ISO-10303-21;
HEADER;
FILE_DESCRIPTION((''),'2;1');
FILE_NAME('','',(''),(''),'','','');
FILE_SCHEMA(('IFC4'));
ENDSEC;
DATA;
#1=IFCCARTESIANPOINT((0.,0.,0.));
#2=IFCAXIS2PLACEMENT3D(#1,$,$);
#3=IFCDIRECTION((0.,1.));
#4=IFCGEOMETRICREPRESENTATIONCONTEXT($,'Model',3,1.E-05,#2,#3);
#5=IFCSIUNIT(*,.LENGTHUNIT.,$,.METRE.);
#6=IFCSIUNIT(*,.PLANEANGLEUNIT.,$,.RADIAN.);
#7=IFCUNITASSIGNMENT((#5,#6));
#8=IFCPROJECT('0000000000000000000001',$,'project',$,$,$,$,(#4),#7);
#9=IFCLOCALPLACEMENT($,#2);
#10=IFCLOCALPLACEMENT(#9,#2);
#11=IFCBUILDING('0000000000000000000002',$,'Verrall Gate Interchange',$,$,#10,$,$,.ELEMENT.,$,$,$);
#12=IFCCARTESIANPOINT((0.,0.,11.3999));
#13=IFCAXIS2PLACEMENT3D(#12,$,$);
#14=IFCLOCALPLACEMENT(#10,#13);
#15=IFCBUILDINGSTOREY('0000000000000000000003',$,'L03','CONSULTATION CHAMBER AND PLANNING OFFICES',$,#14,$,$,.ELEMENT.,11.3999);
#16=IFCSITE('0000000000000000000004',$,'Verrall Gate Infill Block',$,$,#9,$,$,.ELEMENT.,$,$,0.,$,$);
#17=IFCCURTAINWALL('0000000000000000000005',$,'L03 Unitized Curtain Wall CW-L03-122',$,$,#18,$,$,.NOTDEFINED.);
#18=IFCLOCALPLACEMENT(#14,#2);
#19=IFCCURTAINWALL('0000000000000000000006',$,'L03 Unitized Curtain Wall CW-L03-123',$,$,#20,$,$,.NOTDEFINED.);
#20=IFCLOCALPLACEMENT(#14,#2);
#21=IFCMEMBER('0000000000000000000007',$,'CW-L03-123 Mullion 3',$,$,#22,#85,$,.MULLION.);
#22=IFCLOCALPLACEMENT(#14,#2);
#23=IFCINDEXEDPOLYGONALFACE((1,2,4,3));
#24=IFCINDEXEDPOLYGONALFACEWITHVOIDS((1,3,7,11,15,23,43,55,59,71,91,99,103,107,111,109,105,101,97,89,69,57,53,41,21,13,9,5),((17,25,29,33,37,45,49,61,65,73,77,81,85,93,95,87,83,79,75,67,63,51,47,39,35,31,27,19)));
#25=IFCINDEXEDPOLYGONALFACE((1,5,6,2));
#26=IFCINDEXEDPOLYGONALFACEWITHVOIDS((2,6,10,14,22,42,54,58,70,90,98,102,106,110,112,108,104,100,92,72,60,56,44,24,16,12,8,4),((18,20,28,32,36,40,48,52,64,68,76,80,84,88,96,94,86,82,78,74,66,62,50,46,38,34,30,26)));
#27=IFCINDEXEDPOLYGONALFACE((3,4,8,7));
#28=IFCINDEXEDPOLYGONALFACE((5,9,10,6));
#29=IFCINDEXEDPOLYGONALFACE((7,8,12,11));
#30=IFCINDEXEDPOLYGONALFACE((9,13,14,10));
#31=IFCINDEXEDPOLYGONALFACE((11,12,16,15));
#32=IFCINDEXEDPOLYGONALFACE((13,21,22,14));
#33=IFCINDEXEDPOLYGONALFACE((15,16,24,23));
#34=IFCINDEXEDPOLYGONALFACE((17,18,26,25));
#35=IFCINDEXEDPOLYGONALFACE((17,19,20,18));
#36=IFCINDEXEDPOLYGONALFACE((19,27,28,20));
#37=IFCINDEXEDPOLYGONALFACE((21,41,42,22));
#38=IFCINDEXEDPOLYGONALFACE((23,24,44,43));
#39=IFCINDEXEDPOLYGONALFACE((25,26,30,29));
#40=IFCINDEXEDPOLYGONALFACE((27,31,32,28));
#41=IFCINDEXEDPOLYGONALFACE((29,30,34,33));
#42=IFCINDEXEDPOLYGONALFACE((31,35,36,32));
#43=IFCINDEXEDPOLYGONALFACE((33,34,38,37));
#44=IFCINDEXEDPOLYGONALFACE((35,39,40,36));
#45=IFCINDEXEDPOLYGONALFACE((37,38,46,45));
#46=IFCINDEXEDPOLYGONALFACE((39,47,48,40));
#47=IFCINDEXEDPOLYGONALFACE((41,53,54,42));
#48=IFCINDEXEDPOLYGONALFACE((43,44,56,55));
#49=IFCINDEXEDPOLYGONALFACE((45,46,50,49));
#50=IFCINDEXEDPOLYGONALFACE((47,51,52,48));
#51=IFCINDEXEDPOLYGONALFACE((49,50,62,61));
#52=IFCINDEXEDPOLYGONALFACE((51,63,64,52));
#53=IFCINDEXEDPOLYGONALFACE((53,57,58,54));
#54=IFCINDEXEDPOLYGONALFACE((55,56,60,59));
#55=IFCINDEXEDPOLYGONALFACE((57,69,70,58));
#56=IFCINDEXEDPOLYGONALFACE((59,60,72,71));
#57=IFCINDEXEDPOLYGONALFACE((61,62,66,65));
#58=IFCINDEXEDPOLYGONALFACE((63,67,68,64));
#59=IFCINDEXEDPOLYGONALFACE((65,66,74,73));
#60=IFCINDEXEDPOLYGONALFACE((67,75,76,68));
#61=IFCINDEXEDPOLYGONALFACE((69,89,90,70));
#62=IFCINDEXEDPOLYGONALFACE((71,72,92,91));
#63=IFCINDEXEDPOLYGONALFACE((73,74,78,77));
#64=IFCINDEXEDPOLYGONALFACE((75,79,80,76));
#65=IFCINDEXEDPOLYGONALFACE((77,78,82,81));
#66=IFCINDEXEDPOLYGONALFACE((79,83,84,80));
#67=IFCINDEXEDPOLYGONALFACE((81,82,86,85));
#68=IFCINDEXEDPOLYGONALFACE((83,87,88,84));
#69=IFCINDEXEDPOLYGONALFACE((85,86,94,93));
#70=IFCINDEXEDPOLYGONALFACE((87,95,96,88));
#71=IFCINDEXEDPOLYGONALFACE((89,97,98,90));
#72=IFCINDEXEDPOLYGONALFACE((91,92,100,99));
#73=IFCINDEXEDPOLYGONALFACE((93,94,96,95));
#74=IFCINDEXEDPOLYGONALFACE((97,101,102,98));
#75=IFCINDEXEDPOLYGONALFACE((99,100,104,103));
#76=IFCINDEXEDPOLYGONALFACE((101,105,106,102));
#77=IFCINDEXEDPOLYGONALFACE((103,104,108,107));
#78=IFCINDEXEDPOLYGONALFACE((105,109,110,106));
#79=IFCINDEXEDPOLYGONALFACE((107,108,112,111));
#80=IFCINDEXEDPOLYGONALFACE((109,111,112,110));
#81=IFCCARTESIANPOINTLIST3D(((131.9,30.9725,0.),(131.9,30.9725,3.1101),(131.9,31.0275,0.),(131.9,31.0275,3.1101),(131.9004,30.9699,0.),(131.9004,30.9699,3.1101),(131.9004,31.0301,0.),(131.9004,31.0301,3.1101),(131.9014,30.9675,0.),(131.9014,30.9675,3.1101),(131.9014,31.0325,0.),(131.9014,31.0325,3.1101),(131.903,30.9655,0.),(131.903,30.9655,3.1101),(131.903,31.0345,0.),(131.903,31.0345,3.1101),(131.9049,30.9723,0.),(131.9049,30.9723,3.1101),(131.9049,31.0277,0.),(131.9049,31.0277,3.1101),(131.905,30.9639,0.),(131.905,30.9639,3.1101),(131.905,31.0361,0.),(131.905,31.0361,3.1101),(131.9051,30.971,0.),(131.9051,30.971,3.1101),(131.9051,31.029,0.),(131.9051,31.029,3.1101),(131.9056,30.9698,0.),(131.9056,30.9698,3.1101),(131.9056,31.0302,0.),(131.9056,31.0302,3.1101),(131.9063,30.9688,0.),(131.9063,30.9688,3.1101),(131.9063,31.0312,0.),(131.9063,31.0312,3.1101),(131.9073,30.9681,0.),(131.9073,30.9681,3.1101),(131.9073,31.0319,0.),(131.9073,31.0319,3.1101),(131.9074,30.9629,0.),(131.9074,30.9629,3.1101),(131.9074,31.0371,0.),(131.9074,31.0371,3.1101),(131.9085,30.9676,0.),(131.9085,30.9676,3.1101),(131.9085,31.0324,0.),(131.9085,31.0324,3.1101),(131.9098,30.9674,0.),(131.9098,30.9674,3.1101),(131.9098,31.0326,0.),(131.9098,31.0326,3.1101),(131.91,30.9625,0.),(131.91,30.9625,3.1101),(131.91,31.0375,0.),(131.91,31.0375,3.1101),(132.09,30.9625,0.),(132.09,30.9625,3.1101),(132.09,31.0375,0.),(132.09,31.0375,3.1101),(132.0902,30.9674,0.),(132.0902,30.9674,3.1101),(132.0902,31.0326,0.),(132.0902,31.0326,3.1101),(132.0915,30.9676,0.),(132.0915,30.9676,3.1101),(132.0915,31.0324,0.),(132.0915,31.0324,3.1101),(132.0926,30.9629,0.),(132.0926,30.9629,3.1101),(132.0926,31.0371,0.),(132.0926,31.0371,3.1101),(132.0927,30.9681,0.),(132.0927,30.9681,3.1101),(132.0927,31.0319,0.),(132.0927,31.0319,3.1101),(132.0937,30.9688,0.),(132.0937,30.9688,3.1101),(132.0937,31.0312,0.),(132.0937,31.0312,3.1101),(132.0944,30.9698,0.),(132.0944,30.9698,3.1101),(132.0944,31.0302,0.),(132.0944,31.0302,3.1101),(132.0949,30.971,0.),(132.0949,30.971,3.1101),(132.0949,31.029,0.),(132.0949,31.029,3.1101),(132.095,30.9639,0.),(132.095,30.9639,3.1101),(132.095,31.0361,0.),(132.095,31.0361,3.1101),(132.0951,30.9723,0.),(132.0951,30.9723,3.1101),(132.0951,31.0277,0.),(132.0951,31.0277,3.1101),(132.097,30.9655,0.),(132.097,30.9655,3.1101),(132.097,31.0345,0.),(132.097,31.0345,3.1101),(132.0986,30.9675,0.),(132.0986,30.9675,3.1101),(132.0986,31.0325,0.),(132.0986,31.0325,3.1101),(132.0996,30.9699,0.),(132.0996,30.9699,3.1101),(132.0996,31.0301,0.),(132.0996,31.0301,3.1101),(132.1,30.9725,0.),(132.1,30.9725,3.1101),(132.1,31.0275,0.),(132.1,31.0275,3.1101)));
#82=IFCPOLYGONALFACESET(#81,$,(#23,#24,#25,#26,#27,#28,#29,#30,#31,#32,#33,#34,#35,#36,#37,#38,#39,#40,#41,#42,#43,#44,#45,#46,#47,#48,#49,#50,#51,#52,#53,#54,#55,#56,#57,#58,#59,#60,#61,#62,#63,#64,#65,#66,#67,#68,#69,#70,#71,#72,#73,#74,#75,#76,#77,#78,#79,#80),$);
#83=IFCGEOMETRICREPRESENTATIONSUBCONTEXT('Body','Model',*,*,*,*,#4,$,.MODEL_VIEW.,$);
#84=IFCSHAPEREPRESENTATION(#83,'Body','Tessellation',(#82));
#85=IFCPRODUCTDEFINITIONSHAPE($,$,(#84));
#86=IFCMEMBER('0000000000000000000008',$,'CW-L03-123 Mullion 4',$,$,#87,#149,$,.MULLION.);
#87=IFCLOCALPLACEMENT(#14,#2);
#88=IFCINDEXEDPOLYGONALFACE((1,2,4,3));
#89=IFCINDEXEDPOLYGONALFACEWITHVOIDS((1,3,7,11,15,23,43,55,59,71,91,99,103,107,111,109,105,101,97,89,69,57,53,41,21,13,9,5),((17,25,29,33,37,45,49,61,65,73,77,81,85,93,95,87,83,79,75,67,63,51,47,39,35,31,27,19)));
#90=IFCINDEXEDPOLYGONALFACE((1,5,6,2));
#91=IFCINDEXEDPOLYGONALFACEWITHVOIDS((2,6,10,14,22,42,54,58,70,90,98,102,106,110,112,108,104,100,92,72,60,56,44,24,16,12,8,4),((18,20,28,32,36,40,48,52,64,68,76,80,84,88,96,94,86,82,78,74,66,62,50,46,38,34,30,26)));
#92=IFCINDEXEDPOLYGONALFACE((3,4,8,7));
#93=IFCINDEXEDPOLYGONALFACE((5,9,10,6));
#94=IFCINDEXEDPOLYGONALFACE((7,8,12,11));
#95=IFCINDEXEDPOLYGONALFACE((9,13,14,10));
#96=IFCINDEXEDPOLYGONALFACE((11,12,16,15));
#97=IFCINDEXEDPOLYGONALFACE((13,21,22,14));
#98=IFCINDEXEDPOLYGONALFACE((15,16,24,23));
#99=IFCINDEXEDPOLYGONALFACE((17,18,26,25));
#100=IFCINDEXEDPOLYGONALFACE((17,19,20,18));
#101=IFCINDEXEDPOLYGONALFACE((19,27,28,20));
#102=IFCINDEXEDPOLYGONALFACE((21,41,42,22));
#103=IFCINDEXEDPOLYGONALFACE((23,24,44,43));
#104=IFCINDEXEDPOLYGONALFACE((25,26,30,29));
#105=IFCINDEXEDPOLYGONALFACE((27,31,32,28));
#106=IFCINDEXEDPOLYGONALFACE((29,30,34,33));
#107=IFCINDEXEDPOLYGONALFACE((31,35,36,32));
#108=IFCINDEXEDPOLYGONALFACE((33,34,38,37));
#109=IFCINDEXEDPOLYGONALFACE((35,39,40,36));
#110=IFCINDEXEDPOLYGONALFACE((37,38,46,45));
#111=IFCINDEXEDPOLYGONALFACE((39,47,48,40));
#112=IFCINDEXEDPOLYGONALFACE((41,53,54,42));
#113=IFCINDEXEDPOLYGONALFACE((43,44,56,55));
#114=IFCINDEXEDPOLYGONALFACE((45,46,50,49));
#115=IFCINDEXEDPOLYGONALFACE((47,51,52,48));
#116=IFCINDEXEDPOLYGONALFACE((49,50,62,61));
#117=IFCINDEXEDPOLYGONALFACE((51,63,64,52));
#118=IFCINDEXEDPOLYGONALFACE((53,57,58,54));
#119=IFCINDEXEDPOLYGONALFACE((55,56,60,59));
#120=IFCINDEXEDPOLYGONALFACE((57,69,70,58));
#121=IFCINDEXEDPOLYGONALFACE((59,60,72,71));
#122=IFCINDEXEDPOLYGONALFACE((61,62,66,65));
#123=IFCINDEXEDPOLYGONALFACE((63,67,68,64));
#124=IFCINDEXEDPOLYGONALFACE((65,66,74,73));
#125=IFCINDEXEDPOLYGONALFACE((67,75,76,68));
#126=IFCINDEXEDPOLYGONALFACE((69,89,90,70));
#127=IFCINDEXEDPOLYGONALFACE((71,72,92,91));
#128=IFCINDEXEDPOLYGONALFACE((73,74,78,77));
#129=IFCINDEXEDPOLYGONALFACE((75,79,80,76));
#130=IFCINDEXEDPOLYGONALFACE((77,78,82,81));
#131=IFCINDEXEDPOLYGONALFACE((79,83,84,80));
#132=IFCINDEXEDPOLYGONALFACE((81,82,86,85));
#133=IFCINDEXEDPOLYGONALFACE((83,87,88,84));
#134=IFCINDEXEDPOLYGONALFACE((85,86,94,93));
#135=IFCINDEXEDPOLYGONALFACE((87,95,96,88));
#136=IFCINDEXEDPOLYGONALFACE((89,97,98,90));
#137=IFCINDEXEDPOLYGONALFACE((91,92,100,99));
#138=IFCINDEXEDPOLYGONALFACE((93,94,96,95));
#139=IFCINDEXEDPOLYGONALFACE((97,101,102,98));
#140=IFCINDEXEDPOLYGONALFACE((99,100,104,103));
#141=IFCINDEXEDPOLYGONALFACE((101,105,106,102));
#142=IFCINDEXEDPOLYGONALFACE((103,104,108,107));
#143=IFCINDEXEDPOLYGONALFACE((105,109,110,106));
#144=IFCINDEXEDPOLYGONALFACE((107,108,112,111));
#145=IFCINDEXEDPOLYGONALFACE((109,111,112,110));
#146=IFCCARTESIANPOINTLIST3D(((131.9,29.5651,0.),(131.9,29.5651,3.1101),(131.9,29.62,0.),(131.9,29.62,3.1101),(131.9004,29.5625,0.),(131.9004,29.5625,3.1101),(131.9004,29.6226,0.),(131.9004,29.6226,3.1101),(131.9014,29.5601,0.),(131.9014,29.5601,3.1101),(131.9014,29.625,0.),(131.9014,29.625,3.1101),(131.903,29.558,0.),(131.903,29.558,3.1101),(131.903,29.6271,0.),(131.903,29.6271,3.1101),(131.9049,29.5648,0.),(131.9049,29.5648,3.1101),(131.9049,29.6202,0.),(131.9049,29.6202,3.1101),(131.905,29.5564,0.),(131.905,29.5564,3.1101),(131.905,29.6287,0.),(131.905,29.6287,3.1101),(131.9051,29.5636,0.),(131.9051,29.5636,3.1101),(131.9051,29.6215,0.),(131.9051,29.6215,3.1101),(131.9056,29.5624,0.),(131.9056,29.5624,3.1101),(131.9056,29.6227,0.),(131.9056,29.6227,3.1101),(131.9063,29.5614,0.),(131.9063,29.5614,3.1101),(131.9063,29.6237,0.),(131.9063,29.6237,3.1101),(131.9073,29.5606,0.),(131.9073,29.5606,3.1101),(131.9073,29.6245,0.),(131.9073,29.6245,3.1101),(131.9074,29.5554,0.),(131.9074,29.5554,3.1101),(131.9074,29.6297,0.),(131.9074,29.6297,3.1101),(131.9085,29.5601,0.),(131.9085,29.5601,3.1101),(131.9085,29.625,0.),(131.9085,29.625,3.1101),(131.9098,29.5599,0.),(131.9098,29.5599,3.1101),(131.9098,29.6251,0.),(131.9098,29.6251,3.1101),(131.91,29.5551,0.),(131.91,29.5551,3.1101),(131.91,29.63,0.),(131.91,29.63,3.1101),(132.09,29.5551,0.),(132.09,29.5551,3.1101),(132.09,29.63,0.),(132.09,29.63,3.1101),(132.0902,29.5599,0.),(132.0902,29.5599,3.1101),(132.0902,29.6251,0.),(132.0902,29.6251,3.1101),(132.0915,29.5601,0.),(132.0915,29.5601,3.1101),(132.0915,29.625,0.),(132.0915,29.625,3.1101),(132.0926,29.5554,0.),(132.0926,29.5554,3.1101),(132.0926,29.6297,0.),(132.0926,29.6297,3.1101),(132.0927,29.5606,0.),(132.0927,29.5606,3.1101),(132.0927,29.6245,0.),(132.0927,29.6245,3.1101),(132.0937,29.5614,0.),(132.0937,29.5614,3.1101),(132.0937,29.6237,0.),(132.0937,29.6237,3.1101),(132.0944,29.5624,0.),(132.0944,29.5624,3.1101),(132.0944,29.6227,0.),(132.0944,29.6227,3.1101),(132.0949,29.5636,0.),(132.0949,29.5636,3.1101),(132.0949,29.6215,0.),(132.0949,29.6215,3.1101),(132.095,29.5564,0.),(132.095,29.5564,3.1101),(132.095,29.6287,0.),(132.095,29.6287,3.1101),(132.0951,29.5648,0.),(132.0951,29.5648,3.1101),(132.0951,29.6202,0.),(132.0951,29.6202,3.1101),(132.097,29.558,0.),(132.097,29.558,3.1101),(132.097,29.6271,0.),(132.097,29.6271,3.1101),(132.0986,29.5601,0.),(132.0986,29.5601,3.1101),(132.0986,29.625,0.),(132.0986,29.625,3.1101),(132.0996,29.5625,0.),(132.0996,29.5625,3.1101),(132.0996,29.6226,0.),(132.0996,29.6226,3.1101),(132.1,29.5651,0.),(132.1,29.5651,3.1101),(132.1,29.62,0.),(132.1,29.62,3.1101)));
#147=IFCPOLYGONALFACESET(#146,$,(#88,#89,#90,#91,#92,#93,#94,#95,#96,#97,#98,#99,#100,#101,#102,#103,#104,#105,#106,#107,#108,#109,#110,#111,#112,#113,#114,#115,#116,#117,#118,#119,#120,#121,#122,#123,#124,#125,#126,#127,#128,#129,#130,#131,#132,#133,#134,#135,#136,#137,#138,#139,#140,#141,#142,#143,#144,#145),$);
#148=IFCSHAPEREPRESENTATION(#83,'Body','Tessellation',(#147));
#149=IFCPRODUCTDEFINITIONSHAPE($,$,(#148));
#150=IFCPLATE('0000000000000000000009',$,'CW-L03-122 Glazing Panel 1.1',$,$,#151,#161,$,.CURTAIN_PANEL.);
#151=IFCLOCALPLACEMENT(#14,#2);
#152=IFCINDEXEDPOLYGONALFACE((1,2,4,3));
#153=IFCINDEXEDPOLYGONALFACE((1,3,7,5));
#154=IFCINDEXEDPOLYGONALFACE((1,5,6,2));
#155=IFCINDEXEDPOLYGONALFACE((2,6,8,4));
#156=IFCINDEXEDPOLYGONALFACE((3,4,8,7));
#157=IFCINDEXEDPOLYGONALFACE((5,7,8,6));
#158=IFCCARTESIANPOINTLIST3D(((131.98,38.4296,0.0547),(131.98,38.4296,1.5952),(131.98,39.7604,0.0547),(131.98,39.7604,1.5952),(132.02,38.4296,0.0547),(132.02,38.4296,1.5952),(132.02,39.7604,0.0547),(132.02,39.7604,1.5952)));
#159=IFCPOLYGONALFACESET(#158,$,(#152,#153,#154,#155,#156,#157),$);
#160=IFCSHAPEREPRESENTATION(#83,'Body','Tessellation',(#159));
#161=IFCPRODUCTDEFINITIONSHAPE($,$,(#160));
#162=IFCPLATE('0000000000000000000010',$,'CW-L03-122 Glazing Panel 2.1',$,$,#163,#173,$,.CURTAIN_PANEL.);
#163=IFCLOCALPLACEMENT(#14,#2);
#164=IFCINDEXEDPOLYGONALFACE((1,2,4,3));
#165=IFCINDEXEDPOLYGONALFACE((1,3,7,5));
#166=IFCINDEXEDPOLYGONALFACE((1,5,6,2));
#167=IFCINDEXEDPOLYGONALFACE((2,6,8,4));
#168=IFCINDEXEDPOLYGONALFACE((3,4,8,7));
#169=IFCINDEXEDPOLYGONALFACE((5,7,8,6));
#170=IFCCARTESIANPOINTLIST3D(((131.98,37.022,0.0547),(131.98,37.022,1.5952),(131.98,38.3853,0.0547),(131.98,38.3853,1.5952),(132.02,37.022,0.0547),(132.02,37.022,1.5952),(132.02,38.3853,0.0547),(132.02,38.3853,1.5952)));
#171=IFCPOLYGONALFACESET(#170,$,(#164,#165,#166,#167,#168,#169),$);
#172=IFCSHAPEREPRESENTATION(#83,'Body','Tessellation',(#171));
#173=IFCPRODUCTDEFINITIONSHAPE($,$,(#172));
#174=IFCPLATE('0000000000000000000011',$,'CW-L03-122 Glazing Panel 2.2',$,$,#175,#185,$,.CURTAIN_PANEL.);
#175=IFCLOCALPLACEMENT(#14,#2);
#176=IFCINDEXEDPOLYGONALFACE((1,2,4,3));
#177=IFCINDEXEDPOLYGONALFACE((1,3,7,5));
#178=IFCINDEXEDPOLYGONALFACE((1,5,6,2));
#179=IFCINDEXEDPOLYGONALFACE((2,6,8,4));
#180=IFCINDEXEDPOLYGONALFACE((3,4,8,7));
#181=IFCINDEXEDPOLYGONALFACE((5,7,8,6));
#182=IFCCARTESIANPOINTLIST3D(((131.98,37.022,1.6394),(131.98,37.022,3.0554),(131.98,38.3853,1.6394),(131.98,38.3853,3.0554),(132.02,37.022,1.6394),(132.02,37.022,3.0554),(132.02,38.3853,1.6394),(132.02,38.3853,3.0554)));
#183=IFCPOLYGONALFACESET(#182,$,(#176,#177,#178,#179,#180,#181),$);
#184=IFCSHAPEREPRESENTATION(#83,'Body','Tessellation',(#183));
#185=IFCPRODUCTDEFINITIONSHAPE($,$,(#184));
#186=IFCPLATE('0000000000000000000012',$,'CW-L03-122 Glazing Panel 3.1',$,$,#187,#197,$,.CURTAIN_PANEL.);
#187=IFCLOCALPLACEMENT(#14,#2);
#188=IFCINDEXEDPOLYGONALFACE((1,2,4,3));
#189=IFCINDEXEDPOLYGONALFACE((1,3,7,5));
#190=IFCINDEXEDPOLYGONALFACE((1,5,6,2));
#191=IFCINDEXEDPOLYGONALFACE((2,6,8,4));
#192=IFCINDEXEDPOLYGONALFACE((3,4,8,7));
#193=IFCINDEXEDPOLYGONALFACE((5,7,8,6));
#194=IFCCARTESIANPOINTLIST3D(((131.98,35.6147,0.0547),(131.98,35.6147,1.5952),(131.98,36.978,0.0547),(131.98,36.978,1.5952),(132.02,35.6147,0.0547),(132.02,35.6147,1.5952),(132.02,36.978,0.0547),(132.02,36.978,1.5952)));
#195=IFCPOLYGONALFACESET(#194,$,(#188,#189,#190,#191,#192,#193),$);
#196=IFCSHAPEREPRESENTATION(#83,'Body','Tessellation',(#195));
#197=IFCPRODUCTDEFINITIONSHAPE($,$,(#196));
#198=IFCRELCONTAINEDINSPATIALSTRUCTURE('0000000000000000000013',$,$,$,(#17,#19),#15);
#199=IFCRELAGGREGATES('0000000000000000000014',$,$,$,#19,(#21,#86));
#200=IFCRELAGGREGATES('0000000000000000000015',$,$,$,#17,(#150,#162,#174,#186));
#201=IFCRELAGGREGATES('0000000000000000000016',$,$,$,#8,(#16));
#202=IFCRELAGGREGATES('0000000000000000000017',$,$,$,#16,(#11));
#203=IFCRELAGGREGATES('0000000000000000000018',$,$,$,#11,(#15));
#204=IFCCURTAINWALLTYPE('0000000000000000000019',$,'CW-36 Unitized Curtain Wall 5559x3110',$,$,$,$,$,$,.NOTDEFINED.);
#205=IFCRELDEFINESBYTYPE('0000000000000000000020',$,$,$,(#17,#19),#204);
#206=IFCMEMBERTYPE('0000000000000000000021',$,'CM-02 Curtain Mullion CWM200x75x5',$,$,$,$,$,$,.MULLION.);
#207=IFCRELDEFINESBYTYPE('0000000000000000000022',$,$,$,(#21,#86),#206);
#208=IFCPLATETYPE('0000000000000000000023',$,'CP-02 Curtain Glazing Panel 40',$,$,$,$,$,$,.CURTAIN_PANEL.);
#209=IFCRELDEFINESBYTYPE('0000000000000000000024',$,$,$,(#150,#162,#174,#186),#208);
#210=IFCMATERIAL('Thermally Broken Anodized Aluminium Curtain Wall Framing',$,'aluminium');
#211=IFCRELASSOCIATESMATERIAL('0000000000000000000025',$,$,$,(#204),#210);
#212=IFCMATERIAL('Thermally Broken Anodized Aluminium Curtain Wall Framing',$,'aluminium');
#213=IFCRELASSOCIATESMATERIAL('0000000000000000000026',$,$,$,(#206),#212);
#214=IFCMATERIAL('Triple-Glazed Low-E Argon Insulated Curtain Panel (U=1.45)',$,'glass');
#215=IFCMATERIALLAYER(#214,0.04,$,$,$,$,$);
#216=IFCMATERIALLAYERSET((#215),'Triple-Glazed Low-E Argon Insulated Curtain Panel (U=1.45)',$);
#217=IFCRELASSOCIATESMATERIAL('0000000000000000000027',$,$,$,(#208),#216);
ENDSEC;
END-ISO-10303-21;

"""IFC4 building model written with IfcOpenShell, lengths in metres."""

from ifc_helpers import new_model, si_unit, direction, frame, origin, origin_2d, place, context, subcontext, project, spatial, rectangle, hollow_rectangle, extrude, material, layer, layer_set, material_profile, profile_set, type_object, element, aggregate, save


model = new_model("IFC4")

# Units and contexts
model_context = context("Model", 3, precision=1e-05, world=origin(), true_north=direction((0.0, 1.0)))
body_context = subcontext(model_context, "Body", "Model", "MODEL_VIEW")
ifc_project = project(units=[si_unit("LENGTHUNIT", "METRE"), si_unit("PLANEANGLEUNIT", "RADIAN")], contexts=[model_context])

# Site, building, storey
site_placement = place(None, origin())
site = spatial("IfcSite", under=ifc_project, at=site_placement, Name="Verrall Gate Infill Block", CompositionType="ELEMENT", RefElevation=0.0)
building_placement = place(site_placement, origin())
building = spatial("IfcBuilding", under=site, at=building_placement, Name="Verrall Gate Interchange", CompositionType="ELEMENT")
storey_placement = place(building_placement, frame((0.0, 0.0, 11.3999)))
storey = spatial("IfcBuildingStorey", under=building, at=storey_placement, Name="L03", Description="CONSULTATION CHAMBER AND PLANNING OFFICES", CompositionType="ELEMENT", Elevation=11.3999)

# Curtain walls, members
ifc_material_1 = material(Name="Thermally Broken Anodized Aluminium Curtain Wall Framing", Category="aluminium")
curtain_wall_type = type_object("IfcCurtainWallType", Name="CW-36 Unitized Curtain Wall 5559x3110", PredefinedType="NOTDEFINED", material=ifc_material_1)
curtain_wall_1_placement = place(storey_placement, origin())
curtain_wall_1 = element("IfcCurtainWall", 1, at=curtain_wall_1_placement, inside=storey, type_object=curtain_wall_type, Name="L03 Unitized Curtain Wall CW-L03-122", PredefinedType="NOTDEFINED")
curtain_wall_2_placement = place(storey_placement, origin())
curtain_wall_2 = element("IfcCurtainWall", 2, at=curtain_wall_2_placement, inside=storey, type_object=curtain_wall_type, Name="L03 Unitized Curtain Wall CW-L03-123", PredefinedType="NOTDEFINED")
ifc_material_2 = material(Name="Thermally Broken Anodized Aluminium Curtain Wall Framing", Category="aluminium")
ifc_material_profile_1 = material_profile(ifc_material_2, hollow_rectangle(XDim=0.075, YDim=0.2, WallThickness=0.0049, InnerFilletRadius=0.0049, OuterFilletRadius=0.01, at=origin_2d()), Name="CWM200x75x5")
ifc_profile_set_1 = profile_set([ifc_material_profile_1], Name="Thermally Broken Anodized Aluminium Curtain Wall Framing")
member_type_1 = type_object("IfcMemberType", Name="CM-02 Curtain Mullion CWM200x75x5", PredefinedType="MULLION", material=ifc_profile_set_1)
member_1_placement = place(storey_placement, frame((132.0, 31.0, 0.0), z_axis=(0.0, 0.0, 1.0), x_axis=(0.0, -1.0, 0.0)))
member_1 = element("IfcMember", 3, at=member_1_placement, type_object=member_type_1, Name="CW-L03-123 Mullion 3", PredefinedType="MULLION", context=body_context, shape_type="SweptSolid", body=[
    extrude(hollow_rectangle(XDim=0.075, YDim=0.2, WallThickness=0.0049, InnerFilletRadius=0.0049, OuterFilletRadius=0.01, at=origin_2d()), origin(), (0.0, 0.0, 1.0), 3.1101),
])
member_2_placement = place(storey_placement, frame((132.0, 29.5925, 0.0), z_axis=(0.0, 0.0, 1.0), x_axis=(0.0, -1.0, 0.0)))
member_2 = element("IfcMember", 4, at=member_2_placement, type_object=member_type_1, Name="CW-L03-123 Mullion 4", PredefinedType="MULLION", context=body_context, shape_type="SweptSolid", body=[
    extrude(hollow_rectangle(XDim=0.075, YDim=0.2, WallThickness=0.0049, InnerFilletRadius=0.0049, OuterFilletRadius=0.01, at=origin_2d()), origin(), (0.0, 0.0, 1.0), 3.1101),
])
aggregate(curtain_wall_2, [member_1, member_2])

# Plates
ifc_material_3 = material(Name="Triple-Glazed Low-E Argon Insulated Curtain Panel (U=1.45)", Category="glass")
ifc_layer = layer(ifc_material_3, 0.04)
ifc_layer_set = layer_set([ifc_layer], Name="Triple-Glazed Low-E Argon Insulated Curtain Panel (U=1.45)")
plate_type = type_object("IfcPlateType", Name="CP-02 Curtain Glazing Panel 40", PredefinedType="CURTAIN_PANEL", material=ifc_layer_set)
plate_1_placement = place(storey_placement, frame((132.0, 39.095, 0.0547), z_axis=(0.0, 0.0, 1.0), x_axis=(0.0, -1.0, 0.0)))
plate_1 = element("IfcPlate", 5, at=plate_1_placement, type_object=plate_type, Name="CW-L03-122 Glazing Panel 1.1", PredefinedType="CURTAIN_PANEL", context=body_context, shape_type="SweptSolid", body=[
    extrude(rectangle(XDim=1.3308, YDim=0.04, at=origin_2d()), origin(), (0.0, 0.0, 1.0), 1.5405),
])
plate_2_placement = place(storey_placement, frame((132.0, 37.7036, 0.0547), z_axis=(0.0, 0.0, 1.0), x_axis=(0.0, -1.0, 0.0)))
plate_2 = element("IfcPlate", 6, at=plate_2_placement, type_object=plate_type, Name="CW-L03-122 Glazing Panel 2.1", PredefinedType="CURTAIN_PANEL", context=body_context, shape_type="SweptSolid", body=[
    extrude(rectangle(XDim=1.3633, YDim=0.04, at=origin_2d()), origin(), (0.0, 0.0, 1.0), 1.5405),
])
plate_3_placement = place(storey_placement, frame((132.0, 37.7036, 1.6394), z_axis=(0.0, 0.0, 1.0), x_axis=(0.0, -1.0, 0.0)))
plate_3 = element("IfcPlate", 7, at=plate_3_placement, type_object=plate_type, Name="CW-L03-122 Glazing Panel 2.2", PredefinedType="CURTAIN_PANEL", context=body_context, shape_type="SweptSolid", body=[
    extrude(rectangle(XDim=1.3633, YDim=0.04, at=origin_2d()), origin(), (0.0, 0.0, 1.0), 1.416),
])
plate_4_placement = place(storey_placement, frame((132.0, 36.2964, 0.0547), z_axis=(0.0, 0.0, 1.0), x_axis=(0.0, -1.0, 0.0)))
plate_4 = element("IfcPlate", 8, at=plate_4_placement, type_object=plate_type, Name="CW-L03-122 Glazing Panel 3.1", PredefinedType="CURTAIN_PANEL", context=body_context, shape_type="SweptSolid", body=[
    extrude(rectangle(XDim=1.3633, YDim=0.04, at=origin_2d()), origin(), (0.0, 0.0, 1.0), 1.5405),
])
aggregate(curtain_wall_1, [plate_1, plate_2, plate_3, plate_4])

save(model, "model.ifc")
